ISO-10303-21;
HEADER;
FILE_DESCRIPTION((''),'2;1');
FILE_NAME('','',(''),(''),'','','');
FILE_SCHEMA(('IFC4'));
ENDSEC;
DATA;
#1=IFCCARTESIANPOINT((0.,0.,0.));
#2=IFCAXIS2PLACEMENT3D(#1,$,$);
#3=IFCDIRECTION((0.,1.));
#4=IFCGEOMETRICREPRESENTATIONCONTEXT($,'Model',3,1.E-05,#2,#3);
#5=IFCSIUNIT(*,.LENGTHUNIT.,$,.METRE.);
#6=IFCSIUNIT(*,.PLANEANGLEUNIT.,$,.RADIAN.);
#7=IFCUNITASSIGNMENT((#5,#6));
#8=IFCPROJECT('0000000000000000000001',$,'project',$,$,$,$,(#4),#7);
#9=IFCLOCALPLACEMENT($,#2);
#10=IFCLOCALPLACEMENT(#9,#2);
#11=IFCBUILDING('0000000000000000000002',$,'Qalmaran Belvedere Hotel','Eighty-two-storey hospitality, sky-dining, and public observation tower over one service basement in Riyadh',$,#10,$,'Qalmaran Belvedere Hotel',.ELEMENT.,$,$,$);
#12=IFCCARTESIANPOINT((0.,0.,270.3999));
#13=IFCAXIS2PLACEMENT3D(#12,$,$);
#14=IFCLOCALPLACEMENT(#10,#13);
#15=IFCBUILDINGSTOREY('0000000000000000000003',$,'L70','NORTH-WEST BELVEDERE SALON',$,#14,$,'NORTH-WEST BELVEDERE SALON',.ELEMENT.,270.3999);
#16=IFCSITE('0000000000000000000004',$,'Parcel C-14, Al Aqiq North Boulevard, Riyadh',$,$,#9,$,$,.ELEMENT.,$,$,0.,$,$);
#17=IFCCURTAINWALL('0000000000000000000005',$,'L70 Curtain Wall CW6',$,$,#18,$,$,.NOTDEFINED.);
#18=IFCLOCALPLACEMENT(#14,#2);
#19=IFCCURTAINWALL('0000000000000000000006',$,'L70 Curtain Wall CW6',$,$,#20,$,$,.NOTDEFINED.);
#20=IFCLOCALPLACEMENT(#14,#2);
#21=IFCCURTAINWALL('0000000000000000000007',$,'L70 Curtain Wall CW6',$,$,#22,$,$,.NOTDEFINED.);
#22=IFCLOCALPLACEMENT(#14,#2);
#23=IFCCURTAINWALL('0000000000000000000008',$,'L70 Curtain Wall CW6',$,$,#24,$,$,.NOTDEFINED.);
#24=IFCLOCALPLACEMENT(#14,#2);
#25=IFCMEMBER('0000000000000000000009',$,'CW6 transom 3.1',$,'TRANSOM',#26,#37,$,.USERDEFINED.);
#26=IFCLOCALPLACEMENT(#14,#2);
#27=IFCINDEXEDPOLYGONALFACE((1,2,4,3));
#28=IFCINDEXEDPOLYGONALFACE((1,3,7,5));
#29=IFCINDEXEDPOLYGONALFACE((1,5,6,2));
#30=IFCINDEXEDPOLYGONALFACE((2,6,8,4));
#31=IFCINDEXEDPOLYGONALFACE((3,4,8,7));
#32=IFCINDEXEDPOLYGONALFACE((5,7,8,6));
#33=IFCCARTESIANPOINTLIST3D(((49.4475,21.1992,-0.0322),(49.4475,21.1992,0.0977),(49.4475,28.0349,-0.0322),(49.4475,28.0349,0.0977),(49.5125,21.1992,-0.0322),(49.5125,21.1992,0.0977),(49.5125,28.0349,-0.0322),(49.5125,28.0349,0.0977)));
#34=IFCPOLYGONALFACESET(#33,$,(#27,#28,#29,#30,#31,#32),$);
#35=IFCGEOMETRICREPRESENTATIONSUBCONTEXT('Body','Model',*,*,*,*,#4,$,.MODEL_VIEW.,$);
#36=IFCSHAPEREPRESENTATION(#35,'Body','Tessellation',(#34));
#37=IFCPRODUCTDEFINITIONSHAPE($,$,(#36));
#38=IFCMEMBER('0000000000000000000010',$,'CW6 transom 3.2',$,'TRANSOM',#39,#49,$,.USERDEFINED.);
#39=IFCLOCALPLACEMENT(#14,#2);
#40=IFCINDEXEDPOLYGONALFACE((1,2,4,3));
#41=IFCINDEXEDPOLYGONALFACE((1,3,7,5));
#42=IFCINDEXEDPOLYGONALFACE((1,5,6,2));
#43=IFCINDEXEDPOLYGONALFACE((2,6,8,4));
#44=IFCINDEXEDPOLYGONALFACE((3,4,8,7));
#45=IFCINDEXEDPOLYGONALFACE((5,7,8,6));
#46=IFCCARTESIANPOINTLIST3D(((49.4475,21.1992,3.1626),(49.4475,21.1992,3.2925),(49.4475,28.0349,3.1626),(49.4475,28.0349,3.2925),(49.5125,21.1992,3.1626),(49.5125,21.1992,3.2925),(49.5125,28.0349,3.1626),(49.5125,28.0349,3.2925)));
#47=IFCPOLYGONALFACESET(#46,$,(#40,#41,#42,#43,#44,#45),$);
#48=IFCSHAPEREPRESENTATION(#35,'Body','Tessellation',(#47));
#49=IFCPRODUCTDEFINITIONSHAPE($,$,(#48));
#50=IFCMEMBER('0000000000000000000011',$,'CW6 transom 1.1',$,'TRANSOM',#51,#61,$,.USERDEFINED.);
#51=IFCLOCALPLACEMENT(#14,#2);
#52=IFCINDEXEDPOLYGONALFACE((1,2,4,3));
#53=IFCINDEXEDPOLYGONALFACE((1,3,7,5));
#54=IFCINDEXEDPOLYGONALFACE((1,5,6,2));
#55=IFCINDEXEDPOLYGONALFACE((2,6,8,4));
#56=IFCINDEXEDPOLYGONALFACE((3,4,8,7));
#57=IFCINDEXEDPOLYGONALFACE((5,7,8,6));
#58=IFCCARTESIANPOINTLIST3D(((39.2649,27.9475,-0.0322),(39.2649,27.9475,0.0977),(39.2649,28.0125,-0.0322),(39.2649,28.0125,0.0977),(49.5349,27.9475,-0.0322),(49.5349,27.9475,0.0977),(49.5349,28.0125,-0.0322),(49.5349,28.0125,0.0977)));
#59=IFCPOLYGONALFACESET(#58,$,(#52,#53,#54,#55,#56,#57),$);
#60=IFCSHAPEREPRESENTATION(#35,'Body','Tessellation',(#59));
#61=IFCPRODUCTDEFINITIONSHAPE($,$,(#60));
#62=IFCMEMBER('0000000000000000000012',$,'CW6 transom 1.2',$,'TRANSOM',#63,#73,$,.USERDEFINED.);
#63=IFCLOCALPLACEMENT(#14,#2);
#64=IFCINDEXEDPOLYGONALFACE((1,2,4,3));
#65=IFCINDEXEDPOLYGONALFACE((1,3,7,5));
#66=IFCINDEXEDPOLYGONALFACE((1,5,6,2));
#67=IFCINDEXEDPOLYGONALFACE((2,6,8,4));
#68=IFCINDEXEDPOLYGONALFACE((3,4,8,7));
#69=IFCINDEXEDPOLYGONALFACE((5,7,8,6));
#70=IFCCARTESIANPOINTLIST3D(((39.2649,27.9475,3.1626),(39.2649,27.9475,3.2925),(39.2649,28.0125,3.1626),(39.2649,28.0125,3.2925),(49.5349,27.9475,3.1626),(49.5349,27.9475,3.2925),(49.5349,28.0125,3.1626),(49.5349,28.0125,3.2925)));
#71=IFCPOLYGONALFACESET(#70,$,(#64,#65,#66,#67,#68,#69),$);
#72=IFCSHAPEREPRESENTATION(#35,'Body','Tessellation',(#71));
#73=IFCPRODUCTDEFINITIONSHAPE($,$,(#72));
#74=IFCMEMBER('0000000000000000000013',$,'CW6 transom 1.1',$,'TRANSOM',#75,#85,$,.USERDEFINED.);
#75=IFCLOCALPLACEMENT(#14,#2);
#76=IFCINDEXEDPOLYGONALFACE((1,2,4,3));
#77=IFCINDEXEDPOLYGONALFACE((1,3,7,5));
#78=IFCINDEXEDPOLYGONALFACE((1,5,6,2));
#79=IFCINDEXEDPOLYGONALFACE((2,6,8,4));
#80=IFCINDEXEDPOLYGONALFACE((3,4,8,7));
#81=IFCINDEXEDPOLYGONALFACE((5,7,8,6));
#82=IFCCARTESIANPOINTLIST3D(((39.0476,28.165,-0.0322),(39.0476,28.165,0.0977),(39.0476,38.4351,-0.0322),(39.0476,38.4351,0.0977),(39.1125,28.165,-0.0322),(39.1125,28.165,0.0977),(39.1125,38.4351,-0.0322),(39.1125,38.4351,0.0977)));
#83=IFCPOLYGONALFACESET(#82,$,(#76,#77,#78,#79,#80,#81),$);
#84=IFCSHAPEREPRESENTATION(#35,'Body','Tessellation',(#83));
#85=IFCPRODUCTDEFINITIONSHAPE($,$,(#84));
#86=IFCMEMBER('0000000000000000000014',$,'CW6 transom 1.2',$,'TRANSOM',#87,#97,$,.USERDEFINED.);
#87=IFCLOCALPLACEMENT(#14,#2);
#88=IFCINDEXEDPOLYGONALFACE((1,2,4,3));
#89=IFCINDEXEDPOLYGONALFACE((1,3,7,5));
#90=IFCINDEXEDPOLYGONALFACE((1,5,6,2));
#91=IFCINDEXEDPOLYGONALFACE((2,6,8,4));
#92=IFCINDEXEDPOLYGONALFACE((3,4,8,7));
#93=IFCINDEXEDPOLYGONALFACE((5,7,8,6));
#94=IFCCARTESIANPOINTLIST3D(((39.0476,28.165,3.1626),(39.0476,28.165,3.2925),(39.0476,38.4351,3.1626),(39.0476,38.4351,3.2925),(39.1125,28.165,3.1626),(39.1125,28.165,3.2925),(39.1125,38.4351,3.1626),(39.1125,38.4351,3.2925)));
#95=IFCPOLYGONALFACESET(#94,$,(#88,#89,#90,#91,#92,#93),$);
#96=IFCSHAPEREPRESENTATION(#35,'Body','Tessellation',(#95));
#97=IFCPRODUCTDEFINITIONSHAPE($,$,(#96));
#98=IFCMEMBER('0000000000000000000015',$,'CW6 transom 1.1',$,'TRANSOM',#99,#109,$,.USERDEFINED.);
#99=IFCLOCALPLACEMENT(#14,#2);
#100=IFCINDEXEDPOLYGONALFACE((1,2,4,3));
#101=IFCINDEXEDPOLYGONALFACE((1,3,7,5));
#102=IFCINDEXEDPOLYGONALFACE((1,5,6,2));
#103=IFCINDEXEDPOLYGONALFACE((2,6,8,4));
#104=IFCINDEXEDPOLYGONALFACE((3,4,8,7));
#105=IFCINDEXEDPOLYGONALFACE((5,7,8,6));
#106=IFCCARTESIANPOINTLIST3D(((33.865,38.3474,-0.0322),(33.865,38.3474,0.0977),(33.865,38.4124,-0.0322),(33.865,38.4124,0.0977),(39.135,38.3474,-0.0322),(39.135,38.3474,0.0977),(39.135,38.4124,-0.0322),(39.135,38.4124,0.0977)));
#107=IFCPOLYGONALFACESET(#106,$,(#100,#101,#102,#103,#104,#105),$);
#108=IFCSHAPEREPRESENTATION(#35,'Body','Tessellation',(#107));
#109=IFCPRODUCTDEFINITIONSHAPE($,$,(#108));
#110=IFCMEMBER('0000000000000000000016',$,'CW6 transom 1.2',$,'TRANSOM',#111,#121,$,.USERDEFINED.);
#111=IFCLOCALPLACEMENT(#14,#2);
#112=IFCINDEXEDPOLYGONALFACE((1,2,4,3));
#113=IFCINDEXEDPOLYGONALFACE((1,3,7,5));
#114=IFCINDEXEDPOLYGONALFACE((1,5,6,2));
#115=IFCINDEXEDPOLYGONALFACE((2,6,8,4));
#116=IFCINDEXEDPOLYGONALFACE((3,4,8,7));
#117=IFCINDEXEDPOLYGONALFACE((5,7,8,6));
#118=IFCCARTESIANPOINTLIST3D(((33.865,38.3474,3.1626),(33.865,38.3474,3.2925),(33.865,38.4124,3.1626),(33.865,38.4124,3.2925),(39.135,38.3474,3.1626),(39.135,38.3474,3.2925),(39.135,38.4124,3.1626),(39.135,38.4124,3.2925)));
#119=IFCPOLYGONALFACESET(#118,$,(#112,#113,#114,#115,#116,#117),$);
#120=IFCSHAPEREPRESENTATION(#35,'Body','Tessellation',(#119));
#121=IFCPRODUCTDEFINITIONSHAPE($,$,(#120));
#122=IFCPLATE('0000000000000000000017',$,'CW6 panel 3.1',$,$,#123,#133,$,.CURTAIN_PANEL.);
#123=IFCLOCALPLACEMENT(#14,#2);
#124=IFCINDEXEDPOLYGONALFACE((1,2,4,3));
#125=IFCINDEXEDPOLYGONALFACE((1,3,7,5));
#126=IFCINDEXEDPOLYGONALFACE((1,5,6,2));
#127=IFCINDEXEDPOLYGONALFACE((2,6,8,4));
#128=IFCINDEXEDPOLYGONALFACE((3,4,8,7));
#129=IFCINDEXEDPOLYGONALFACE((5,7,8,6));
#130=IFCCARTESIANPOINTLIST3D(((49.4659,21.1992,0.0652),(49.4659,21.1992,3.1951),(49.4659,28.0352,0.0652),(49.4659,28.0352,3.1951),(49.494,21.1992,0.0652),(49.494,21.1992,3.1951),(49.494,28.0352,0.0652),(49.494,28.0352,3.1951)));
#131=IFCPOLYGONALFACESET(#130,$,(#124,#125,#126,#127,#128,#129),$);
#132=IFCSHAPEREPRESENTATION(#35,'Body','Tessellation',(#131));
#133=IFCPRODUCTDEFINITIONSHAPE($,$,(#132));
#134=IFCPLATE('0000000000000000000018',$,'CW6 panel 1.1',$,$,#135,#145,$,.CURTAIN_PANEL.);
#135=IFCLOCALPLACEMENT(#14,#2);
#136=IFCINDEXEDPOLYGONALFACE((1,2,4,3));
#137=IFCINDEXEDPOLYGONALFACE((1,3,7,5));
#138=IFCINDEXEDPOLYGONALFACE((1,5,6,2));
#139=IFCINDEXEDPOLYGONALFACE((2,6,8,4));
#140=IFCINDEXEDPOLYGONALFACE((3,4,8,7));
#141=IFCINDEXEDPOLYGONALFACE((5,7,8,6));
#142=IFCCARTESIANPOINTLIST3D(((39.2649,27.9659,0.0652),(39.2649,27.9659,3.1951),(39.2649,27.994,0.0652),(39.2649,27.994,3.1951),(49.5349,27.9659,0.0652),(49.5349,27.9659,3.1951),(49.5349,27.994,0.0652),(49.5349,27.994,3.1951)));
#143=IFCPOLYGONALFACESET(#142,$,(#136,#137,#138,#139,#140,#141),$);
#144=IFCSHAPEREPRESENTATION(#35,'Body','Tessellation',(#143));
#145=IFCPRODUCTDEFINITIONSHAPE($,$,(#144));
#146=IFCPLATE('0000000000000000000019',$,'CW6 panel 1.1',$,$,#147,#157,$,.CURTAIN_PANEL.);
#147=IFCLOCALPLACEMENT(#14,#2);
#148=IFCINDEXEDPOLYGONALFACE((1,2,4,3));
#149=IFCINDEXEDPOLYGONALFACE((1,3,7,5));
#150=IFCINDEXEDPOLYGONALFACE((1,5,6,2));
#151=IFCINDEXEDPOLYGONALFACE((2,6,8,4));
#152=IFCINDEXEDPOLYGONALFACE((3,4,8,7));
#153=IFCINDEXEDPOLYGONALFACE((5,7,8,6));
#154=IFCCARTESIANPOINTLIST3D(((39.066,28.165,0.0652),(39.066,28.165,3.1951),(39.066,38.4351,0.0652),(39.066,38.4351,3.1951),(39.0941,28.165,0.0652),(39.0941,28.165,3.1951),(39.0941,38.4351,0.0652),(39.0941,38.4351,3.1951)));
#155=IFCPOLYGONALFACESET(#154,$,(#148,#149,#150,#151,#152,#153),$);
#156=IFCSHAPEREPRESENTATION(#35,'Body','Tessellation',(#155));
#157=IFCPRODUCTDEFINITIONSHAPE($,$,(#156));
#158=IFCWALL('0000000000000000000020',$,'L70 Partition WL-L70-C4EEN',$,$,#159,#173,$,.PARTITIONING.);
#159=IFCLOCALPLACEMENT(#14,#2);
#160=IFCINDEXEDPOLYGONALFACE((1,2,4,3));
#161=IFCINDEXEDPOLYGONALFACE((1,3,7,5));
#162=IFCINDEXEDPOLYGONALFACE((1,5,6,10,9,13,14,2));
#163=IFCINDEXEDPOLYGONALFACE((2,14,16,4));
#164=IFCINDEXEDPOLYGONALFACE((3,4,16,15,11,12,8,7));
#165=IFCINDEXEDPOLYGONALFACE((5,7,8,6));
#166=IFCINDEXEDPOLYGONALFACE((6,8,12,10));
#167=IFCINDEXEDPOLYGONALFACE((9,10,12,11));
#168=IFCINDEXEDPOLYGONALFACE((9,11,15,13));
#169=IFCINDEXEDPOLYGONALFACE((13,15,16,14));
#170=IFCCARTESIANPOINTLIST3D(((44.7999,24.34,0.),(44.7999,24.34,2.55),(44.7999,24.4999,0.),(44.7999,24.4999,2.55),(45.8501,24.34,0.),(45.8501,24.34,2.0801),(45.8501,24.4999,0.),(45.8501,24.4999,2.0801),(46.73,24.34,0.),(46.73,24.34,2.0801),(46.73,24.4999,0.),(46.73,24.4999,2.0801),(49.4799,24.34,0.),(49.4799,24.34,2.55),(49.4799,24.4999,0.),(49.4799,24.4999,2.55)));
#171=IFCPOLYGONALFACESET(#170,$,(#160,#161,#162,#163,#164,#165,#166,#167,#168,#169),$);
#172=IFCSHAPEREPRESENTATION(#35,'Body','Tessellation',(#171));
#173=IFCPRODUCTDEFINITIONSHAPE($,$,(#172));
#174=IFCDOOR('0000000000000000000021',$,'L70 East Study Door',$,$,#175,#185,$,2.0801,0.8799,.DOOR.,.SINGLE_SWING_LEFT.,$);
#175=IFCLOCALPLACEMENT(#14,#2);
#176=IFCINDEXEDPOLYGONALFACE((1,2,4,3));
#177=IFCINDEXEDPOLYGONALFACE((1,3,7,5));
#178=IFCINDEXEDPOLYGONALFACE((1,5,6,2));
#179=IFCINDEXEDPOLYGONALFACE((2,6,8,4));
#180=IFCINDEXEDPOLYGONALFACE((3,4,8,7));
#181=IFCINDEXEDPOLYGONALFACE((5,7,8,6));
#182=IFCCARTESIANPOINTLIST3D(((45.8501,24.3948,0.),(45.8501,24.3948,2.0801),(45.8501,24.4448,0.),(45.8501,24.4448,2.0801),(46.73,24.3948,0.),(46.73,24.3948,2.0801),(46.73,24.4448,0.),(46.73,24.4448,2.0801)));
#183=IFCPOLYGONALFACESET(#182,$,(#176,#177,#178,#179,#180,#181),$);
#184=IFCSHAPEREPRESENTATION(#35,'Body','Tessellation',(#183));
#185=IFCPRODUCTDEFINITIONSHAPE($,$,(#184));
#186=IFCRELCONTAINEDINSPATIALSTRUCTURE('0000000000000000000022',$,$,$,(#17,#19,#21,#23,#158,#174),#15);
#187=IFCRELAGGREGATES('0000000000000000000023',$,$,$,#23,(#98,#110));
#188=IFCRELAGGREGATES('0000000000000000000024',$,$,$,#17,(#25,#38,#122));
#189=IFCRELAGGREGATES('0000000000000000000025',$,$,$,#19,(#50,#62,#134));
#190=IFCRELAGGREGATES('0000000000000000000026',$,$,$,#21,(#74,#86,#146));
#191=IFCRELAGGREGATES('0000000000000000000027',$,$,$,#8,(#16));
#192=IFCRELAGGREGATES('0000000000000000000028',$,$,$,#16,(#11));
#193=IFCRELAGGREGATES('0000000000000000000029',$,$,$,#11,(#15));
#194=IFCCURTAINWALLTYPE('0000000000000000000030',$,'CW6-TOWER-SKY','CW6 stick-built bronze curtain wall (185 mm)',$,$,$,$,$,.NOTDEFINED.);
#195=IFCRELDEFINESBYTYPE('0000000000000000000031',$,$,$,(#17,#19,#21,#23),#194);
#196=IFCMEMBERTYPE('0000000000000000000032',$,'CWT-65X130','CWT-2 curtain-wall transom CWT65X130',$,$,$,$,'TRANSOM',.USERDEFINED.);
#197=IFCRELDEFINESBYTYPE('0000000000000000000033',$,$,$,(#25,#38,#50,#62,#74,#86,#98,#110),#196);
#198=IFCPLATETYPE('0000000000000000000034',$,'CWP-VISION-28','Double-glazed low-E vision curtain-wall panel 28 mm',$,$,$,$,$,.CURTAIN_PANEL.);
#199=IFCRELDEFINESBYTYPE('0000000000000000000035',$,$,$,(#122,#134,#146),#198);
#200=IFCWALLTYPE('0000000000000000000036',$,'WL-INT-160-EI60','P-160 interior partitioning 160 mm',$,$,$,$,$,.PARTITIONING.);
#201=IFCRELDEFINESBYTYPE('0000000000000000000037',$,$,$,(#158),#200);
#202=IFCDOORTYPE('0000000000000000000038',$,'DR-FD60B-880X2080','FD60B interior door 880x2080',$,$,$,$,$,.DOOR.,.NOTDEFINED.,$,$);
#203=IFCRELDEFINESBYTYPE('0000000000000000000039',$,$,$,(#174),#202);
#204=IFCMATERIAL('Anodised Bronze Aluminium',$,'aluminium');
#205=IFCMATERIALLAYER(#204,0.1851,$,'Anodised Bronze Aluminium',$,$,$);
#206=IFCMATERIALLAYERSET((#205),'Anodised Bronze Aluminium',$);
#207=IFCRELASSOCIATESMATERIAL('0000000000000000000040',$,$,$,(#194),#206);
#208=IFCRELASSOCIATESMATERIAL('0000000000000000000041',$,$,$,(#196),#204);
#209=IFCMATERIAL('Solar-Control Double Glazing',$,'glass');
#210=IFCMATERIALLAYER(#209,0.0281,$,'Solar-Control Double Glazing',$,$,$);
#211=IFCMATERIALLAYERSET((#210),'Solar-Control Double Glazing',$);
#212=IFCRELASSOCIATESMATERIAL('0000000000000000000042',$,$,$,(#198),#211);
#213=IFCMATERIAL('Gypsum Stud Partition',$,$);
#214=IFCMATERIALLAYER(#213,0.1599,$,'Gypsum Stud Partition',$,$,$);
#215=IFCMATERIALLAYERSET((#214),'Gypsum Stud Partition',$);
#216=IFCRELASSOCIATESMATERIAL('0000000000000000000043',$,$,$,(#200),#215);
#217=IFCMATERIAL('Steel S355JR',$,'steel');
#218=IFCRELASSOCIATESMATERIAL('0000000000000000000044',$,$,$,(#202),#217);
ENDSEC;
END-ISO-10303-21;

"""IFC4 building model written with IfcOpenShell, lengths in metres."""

from ifc_helpers import new_model, si_unit, direction, frame, frame_2d, origin, origin_2d, place, context, subcontext, project, spatial, rectangle, extrude, material, layer, layer_set, material_profile, profile_set, type_object, element, fill, aggregate, save


model = new_model("IFC4")

# Units and contexts
model_context = context("Model", 3, precision=1e-05, world=origin(), true_north=direction((0.0, 1.0)))
body_context = subcontext(model_context, "Body", "Model", "MODEL_VIEW")
ifc_project = project(units=[si_unit("LENGTHUNIT", "METRE"), si_unit("PLANEANGLEUNIT", "RADIAN")], contexts=[model_context])

# Site, building, storey
site_placement = place(None, origin())
site = spatial("IfcSite", under=ifc_project, at=site_placement, Name="Parcel C-14, Al Aqiq North Boulevard, Riyadh", CompositionType="ELEMENT", RefElevation=0.0)
building_placement = place(site_placement, origin())
building = spatial("IfcBuilding", under=site, at=building_placement, Name="Qalmaran Belvedere Hotel", Description="Eighty-two-storey hospitality, sky-dining, and public observation tower over one service basement in Riyadh", LongName="Qalmaran Belvedere Hotel", CompositionType="ELEMENT")
storey_placement = place(building_placement, frame((0.0, 0.0, 270.3999)))
storey = spatial("IfcBuildingStorey", under=building, at=storey_placement, Name="L70", Description="NORTH-WEST BELVEDERE SALON", LongName="NORTH-WEST BELVEDERE SALON", CompositionType="ELEMENT", Elevation=270.3999)

# Shared definitions
ifc_material_1 = material(Name="Steel S355JR", Category="steel")

# Curtain walls
ifc_material_2 = material(Name="Anodised Bronze Aluminium", Category="aluminium")
ifc_layer_1 = layer(ifc_material_2, 0.1851, Name="Anodised Bronze Aluminium")
ifc_layer_set_1 = layer_set([ifc_layer_1], Name="Anodised Bronze Aluminium")
curtain_wall_type = type_object("IfcCurtainWallType", Name="CW6-TOWER-SKY", Description="CW6 stick-built bronze curtain wall (185 mm)", PredefinedType="NOTDEFINED", material=ifc_layer_set_1)
curtain_wall_1_placement = place(storey_placement, origin())
curtain_wall_1 = element("IfcCurtainWall", 1, at=curtain_wall_1_placement, inside=storey, type_object=curtain_wall_type, Name="L70 Curtain Wall CW6", PredefinedType="NOTDEFINED")
curtain_wall_2_placement = place(storey_placement, origin())
curtain_wall_2 = element("IfcCurtainWall", 2, at=curtain_wall_2_placement, inside=storey, type_object=curtain_wall_type, Name="L70 Curtain Wall CW6", PredefinedType="NOTDEFINED")
curtain_wall_3_placement = place(storey_placement, origin())
curtain_wall_3 = element("IfcCurtainWall", 3, at=curtain_wall_3_placement, inside=storey, type_object=curtain_wall_type, Name="L70 Curtain Wall CW6", PredefinedType="NOTDEFINED")

# Curtain wall
curtain_wall_4_placement = place(storey_placement, origin())
curtain_wall_4 = element("IfcCurtainWall", 4, at=curtain_wall_4_placement, inside=storey, type_object=curtain_wall_type, Name="L70 Curtain Wall CW6", PredefinedType="NOTDEFINED")

# Members
ifc_material_profile_1 = material_profile(ifc_material_2, rectangle(XDim=0.0649, YDim=0.1299, at=origin_2d()), Name="CWT65X130")
ifc_profile_set_1 = profile_set([ifc_material_profile_1], Name="Anodised Bronze Aluminium")
member_type_1 = type_object("IfcMemberType", Name="CWT-65X130", Description="CWT-2 curtain-wall transom CWT65X130", ElementType="TRANSOM", PredefinedType="USERDEFINED", material=ifc_profile_set_1)
member_1_placement = place(storey_placement, frame((49.48, 21.1992, 0.0327), z_axis=(0.0, 1.0, 0.0), x_axis=(-1.0, 0.0, 0.0)))
member_1 = element("IfcMember", 5, at=member_1_placement, type_object=member_type_1, Name="CW6 transom 3.1", ObjectType="TRANSOM", PredefinedType="USERDEFINED", context=body_context, shape_type="SweptSolid", body=[
    extrude(rectangle(XDim=0.0649, YDim=0.1299, at=origin_2d()), origin(), (0.0, 0.0, 1.0), 6.8357),
])
member_2_placement = place(storey_placement, frame((49.48, 21.1992, 3.2275), z_axis=(0.0, 1.0, 0.0), x_axis=(-1.0, 0.0, 0.0)))
member_2 = element("IfcMember", 6, at=member_2_placement, type_object=member_type_1, Name="CW6 transom 3.2", ObjectType="TRANSOM", PredefinedType="USERDEFINED", context=body_context, shape_type="SweptSolid", body=[
    extrude(rectangle(XDim=0.0649, YDim=0.1299, at=origin_2d()), origin(), (0.0, 0.0, 1.0), 6.8357),
])
member_3_placement = place(storey_placement, frame((49.5349, 27.98, 0.0327), z_axis=(-1.0, 0.0, 0.0), x_axis=(0.0, -1.0, 0.0)))
member_3 = element("IfcMember", 7, at=member_3_placement, type_object=member_type_1, Name="CW6 transom 1.1", ObjectType="TRANSOM", PredefinedType="USERDEFINED", context=body_context, shape_type="SweptSolid", body=[
    extrude(rectangle(XDim=0.0649, YDim=0.1299, at=origin_2d()), origin(), (0.0, 0.0, 1.0), 10.27),
])
member_4_placement = place(storey_placement, frame((49.5349, 27.98, 3.2275), z_axis=(-1.0, 0.0, 0.0), x_axis=(0.0, -1.0, 0.0)))
member_4 = element("IfcMember", 8, at=member_4_placement, type_object=member_type_1, Name="CW6 transom 1.2", ObjectType="TRANSOM", PredefinedType="USERDEFINED", context=body_context, shape_type="SweptSolid", body=[
    extrude(rectangle(XDim=0.0649, YDim=0.1299, at=origin_2d()), origin(), (0.0, 0.0, 1.0), 10.27),
])
member_5_placement = place(storey_placement, frame((39.0801, 28.165, 0.0327), z_axis=(0.0, 1.0, 0.0), x_axis=(-1.0, 0.0, 0.0)))
member_5 = element("IfcMember", 9, at=member_5_placement, type_object=member_type_1, Name="CW6 transom 1.1", ObjectType="TRANSOM", PredefinedType="USERDEFINED", context=body_context, shape_type="SweptSolid", body=[
    extrude(rectangle(XDim=0.0649, YDim=0.1299, at=origin_2d()), origin(), (0.0, 0.0, 1.0), 10.27),
])
member_6_placement = place(storey_placement, frame((39.0801, 28.165, 3.2275), z_axis=(0.0, 1.0, 0.0), x_axis=(-1.0, 0.0, 0.0)))
member_6 = element("IfcMember", 10, at=member_6_placement, type_object=member_type_1, Name="CW6 transom 1.2", ObjectType="TRANSOM", PredefinedType="USERDEFINED", context=body_context, shape_type="SweptSolid", body=[
    extrude(rectangle(XDim=0.0649, YDim=0.1299, at=origin_2d()), origin(), (0.0, 0.0, 1.0), 10.27),
])
member_7_placement = place(storey_placement, frame((39.135, 38.3799, 0.0327), z_axis=(-1.0, 0.0, 0.0), x_axis=(0.0, -1.0, 0.0)))
member_7 = element("IfcMember", 11, at=member_7_placement, type_object=member_type_1, Name="CW6 transom 1.1", ObjectType="TRANSOM", PredefinedType="USERDEFINED", context=body_context, shape_type="SweptSolid", body=[
    extrude(rectangle(XDim=0.0649, YDim=0.1299, at=origin_2d()), origin(), (0.0, 0.0, 1.0), 5.27),
])
member_8_placement = place(storey_placement, frame((39.135, 38.3799, 3.2275), z_axis=(-1.0, 0.0, 0.0), x_axis=(0.0, -1.0, 0.0)))
member_8 = element("IfcMember", 12, at=member_8_placement, type_object=member_type_1, Name="CW6 transom 1.2", ObjectType="TRANSOM", PredefinedType="USERDEFINED", context=body_context, shape_type="SweptSolid", body=[
    extrude(rectangle(XDim=0.0649, YDim=0.1299, at=origin_2d()), origin(), (0.0, 0.0, 1.0), 5.27),
])
aggregate(curtain_wall_4, [member_7, member_8])

# Plates
ifc_material_3 = material(Name="Solar-Control Double Glazing", Category="glass")
ifc_layer_2 = layer(ifc_material_3, 0.0281, Name="Solar-Control Double Glazing")
ifc_layer_set_2 = layer_set([ifc_layer_2], Name="Solar-Control Double Glazing")
plate_type = type_object("IfcPlateType", Name="CWP-VISION-28", Description="Double-glazed low-E vision curtain-wall panel 28 mm", PredefinedType="CURTAIN_PANEL", material=ifc_layer_set_2)
plate_1_placement = place(storey_placement, frame((49.48, 24.6172, 0.0652), z_axis=(0.0, 0.0, 1.0), x_axis=(0.0, 1.0, 0.0)))
plate_1 = element("IfcPlate", 13, at=plate_1_placement, type_object=plate_type, Name="CW6 panel 3.1", PredefinedType="CURTAIN_PANEL", context=body_context, shape_type="SweptSolid", body=[
    extrude(rectangle(XDim=6.8359, YDim=0.0281, at=origin_2d()), origin(), (0.0, 0.0, 1.0), 3.1299),
])
aggregate(curtain_wall_1, [member_1, member_2, plate_1])
plate_2_placement = place(storey_placement, frame((44.3999, 27.98, 0.0652), z_axis=(0.0, 0.0, 1.0), x_axis=(-1.0, 0.0, 0.0)))
plate_2 = element("IfcPlate", 14, at=plate_2_placement, type_object=plate_type, Name="CW6 panel 1.1", PredefinedType="CURTAIN_PANEL", context=body_context, shape_type="SweptSolid", body=[
    extrude(rectangle(XDim=10.27, YDim=0.0281, at=origin_2d()), origin(), (0.0, 0.0, 1.0), 3.1299),
])
aggregate(curtain_wall_2, [member_3, member_4, plate_2])
plate_3_placement = place(storey_placement, frame((39.0801, 33.3, 0.0652), z_axis=(0.0, 0.0, 1.0), x_axis=(0.0, 1.0, 0.0)))
plate_3 = element("IfcPlate", 15, at=plate_3_placement, type_object=plate_type, Name="CW6 panel 1.1", PredefinedType="CURTAIN_PANEL", context=body_context, shape_type="SweptSolid", body=[
    extrude(rectangle(XDim=10.27, YDim=0.0281, at=origin_2d()), origin(), (0.0, 0.0, 1.0), 3.1299),
])
aggregate(curtain_wall_3, [member_5, member_6, plate_3])

# Wall, opening, door
ifc_material_4 = material(Name="Gypsum Stud Partition")
ifc_layer_3 = layer(ifc_material_4, 0.1599, Name="Gypsum Stud Partition")
ifc_layer_set_3 = layer_set([ifc_layer_3], Name="Gypsum Stud Partition")
wall_type_1 = type_object("IfcWallType", Name="WL-INT-160-EI60", Description="P-160 interior partitioning 160 mm", PredefinedType="PARTITIONING", material=ifc_layer_set_3)
wall_1_placement = place(storey_placement, frame((44.8, 24.4199, 0.0), z_axis=(0.0, 0.0, 1.0), x_axis=(1.0, 0.0, 0.0)))
wall_1 = element("IfcWall", 16, at=wall_1_placement, inside=storey, type_object=wall_type_1, Name="L70 Partition WL-L70-C4EEN", PredefinedType="PARTITIONING", context=body_context, shape_type="SweptSolid", body=[
    extrude(rectangle(XDim=4.6799, YDim=0.1599, at=frame_2d((2.3398, 0.0))), origin(), (0.0, 0.0, 1.0), 2.55),
])
opening_1_placement = place(wall_1_placement, frame((1.05, 0.0, 0.0)))
opening_1 = element("IfcOpeningElement", 17, at=opening_1_placement, cuts=wall_1, PredefinedType="OPENING", context=body_context, shape_type="SweptSolid", body=[
    extrude(rectangle(XDim=0.8799, YDim=2.0801, at=frame_2d((0.4399, 1.04))), frame((0.0, 0.0898, 0.0), z_axis=(0.0, -1.0, 0.0), x_axis=(1.0, 0.0, 0.0)), (0.0, 0.0, 1.0), 0.1799),
])
door_type_1 = type_object("IfcDoorType", Name="DR-FD60B-880X2080", Description="FD60B interior door 880x2080", OperationType="NOTDEFINED", PredefinedType="DOOR", material=ifc_material_1)
door_1_placement = place(opening_1_placement, origin())
door_1 = element("IfcDoor", 18, at=door_1_placement, inside=storey, type_object=door_type_1, Name="L70 East Study Door", OperationType="SINGLE_SWING_LEFT", OverallHeight=2.0801, OverallWidth=0.8799, PredefinedType="DOOR", context=body_context, shape_type="SweptSolid", body=[
    extrude(rectangle(XDim=0.8799, YDim=2.0801, at=frame_2d((0.4399, 1.04))), frame((0.0, 0.0249, 0.0), z_axis=(0.0, -1.0, 0.0), x_axis=(1.0, 0.0, 0.0)), (0.0, 0.0, 1.0), 0.05),
])
fill(opening_1, door_1)

save(model, "model.ifc")
